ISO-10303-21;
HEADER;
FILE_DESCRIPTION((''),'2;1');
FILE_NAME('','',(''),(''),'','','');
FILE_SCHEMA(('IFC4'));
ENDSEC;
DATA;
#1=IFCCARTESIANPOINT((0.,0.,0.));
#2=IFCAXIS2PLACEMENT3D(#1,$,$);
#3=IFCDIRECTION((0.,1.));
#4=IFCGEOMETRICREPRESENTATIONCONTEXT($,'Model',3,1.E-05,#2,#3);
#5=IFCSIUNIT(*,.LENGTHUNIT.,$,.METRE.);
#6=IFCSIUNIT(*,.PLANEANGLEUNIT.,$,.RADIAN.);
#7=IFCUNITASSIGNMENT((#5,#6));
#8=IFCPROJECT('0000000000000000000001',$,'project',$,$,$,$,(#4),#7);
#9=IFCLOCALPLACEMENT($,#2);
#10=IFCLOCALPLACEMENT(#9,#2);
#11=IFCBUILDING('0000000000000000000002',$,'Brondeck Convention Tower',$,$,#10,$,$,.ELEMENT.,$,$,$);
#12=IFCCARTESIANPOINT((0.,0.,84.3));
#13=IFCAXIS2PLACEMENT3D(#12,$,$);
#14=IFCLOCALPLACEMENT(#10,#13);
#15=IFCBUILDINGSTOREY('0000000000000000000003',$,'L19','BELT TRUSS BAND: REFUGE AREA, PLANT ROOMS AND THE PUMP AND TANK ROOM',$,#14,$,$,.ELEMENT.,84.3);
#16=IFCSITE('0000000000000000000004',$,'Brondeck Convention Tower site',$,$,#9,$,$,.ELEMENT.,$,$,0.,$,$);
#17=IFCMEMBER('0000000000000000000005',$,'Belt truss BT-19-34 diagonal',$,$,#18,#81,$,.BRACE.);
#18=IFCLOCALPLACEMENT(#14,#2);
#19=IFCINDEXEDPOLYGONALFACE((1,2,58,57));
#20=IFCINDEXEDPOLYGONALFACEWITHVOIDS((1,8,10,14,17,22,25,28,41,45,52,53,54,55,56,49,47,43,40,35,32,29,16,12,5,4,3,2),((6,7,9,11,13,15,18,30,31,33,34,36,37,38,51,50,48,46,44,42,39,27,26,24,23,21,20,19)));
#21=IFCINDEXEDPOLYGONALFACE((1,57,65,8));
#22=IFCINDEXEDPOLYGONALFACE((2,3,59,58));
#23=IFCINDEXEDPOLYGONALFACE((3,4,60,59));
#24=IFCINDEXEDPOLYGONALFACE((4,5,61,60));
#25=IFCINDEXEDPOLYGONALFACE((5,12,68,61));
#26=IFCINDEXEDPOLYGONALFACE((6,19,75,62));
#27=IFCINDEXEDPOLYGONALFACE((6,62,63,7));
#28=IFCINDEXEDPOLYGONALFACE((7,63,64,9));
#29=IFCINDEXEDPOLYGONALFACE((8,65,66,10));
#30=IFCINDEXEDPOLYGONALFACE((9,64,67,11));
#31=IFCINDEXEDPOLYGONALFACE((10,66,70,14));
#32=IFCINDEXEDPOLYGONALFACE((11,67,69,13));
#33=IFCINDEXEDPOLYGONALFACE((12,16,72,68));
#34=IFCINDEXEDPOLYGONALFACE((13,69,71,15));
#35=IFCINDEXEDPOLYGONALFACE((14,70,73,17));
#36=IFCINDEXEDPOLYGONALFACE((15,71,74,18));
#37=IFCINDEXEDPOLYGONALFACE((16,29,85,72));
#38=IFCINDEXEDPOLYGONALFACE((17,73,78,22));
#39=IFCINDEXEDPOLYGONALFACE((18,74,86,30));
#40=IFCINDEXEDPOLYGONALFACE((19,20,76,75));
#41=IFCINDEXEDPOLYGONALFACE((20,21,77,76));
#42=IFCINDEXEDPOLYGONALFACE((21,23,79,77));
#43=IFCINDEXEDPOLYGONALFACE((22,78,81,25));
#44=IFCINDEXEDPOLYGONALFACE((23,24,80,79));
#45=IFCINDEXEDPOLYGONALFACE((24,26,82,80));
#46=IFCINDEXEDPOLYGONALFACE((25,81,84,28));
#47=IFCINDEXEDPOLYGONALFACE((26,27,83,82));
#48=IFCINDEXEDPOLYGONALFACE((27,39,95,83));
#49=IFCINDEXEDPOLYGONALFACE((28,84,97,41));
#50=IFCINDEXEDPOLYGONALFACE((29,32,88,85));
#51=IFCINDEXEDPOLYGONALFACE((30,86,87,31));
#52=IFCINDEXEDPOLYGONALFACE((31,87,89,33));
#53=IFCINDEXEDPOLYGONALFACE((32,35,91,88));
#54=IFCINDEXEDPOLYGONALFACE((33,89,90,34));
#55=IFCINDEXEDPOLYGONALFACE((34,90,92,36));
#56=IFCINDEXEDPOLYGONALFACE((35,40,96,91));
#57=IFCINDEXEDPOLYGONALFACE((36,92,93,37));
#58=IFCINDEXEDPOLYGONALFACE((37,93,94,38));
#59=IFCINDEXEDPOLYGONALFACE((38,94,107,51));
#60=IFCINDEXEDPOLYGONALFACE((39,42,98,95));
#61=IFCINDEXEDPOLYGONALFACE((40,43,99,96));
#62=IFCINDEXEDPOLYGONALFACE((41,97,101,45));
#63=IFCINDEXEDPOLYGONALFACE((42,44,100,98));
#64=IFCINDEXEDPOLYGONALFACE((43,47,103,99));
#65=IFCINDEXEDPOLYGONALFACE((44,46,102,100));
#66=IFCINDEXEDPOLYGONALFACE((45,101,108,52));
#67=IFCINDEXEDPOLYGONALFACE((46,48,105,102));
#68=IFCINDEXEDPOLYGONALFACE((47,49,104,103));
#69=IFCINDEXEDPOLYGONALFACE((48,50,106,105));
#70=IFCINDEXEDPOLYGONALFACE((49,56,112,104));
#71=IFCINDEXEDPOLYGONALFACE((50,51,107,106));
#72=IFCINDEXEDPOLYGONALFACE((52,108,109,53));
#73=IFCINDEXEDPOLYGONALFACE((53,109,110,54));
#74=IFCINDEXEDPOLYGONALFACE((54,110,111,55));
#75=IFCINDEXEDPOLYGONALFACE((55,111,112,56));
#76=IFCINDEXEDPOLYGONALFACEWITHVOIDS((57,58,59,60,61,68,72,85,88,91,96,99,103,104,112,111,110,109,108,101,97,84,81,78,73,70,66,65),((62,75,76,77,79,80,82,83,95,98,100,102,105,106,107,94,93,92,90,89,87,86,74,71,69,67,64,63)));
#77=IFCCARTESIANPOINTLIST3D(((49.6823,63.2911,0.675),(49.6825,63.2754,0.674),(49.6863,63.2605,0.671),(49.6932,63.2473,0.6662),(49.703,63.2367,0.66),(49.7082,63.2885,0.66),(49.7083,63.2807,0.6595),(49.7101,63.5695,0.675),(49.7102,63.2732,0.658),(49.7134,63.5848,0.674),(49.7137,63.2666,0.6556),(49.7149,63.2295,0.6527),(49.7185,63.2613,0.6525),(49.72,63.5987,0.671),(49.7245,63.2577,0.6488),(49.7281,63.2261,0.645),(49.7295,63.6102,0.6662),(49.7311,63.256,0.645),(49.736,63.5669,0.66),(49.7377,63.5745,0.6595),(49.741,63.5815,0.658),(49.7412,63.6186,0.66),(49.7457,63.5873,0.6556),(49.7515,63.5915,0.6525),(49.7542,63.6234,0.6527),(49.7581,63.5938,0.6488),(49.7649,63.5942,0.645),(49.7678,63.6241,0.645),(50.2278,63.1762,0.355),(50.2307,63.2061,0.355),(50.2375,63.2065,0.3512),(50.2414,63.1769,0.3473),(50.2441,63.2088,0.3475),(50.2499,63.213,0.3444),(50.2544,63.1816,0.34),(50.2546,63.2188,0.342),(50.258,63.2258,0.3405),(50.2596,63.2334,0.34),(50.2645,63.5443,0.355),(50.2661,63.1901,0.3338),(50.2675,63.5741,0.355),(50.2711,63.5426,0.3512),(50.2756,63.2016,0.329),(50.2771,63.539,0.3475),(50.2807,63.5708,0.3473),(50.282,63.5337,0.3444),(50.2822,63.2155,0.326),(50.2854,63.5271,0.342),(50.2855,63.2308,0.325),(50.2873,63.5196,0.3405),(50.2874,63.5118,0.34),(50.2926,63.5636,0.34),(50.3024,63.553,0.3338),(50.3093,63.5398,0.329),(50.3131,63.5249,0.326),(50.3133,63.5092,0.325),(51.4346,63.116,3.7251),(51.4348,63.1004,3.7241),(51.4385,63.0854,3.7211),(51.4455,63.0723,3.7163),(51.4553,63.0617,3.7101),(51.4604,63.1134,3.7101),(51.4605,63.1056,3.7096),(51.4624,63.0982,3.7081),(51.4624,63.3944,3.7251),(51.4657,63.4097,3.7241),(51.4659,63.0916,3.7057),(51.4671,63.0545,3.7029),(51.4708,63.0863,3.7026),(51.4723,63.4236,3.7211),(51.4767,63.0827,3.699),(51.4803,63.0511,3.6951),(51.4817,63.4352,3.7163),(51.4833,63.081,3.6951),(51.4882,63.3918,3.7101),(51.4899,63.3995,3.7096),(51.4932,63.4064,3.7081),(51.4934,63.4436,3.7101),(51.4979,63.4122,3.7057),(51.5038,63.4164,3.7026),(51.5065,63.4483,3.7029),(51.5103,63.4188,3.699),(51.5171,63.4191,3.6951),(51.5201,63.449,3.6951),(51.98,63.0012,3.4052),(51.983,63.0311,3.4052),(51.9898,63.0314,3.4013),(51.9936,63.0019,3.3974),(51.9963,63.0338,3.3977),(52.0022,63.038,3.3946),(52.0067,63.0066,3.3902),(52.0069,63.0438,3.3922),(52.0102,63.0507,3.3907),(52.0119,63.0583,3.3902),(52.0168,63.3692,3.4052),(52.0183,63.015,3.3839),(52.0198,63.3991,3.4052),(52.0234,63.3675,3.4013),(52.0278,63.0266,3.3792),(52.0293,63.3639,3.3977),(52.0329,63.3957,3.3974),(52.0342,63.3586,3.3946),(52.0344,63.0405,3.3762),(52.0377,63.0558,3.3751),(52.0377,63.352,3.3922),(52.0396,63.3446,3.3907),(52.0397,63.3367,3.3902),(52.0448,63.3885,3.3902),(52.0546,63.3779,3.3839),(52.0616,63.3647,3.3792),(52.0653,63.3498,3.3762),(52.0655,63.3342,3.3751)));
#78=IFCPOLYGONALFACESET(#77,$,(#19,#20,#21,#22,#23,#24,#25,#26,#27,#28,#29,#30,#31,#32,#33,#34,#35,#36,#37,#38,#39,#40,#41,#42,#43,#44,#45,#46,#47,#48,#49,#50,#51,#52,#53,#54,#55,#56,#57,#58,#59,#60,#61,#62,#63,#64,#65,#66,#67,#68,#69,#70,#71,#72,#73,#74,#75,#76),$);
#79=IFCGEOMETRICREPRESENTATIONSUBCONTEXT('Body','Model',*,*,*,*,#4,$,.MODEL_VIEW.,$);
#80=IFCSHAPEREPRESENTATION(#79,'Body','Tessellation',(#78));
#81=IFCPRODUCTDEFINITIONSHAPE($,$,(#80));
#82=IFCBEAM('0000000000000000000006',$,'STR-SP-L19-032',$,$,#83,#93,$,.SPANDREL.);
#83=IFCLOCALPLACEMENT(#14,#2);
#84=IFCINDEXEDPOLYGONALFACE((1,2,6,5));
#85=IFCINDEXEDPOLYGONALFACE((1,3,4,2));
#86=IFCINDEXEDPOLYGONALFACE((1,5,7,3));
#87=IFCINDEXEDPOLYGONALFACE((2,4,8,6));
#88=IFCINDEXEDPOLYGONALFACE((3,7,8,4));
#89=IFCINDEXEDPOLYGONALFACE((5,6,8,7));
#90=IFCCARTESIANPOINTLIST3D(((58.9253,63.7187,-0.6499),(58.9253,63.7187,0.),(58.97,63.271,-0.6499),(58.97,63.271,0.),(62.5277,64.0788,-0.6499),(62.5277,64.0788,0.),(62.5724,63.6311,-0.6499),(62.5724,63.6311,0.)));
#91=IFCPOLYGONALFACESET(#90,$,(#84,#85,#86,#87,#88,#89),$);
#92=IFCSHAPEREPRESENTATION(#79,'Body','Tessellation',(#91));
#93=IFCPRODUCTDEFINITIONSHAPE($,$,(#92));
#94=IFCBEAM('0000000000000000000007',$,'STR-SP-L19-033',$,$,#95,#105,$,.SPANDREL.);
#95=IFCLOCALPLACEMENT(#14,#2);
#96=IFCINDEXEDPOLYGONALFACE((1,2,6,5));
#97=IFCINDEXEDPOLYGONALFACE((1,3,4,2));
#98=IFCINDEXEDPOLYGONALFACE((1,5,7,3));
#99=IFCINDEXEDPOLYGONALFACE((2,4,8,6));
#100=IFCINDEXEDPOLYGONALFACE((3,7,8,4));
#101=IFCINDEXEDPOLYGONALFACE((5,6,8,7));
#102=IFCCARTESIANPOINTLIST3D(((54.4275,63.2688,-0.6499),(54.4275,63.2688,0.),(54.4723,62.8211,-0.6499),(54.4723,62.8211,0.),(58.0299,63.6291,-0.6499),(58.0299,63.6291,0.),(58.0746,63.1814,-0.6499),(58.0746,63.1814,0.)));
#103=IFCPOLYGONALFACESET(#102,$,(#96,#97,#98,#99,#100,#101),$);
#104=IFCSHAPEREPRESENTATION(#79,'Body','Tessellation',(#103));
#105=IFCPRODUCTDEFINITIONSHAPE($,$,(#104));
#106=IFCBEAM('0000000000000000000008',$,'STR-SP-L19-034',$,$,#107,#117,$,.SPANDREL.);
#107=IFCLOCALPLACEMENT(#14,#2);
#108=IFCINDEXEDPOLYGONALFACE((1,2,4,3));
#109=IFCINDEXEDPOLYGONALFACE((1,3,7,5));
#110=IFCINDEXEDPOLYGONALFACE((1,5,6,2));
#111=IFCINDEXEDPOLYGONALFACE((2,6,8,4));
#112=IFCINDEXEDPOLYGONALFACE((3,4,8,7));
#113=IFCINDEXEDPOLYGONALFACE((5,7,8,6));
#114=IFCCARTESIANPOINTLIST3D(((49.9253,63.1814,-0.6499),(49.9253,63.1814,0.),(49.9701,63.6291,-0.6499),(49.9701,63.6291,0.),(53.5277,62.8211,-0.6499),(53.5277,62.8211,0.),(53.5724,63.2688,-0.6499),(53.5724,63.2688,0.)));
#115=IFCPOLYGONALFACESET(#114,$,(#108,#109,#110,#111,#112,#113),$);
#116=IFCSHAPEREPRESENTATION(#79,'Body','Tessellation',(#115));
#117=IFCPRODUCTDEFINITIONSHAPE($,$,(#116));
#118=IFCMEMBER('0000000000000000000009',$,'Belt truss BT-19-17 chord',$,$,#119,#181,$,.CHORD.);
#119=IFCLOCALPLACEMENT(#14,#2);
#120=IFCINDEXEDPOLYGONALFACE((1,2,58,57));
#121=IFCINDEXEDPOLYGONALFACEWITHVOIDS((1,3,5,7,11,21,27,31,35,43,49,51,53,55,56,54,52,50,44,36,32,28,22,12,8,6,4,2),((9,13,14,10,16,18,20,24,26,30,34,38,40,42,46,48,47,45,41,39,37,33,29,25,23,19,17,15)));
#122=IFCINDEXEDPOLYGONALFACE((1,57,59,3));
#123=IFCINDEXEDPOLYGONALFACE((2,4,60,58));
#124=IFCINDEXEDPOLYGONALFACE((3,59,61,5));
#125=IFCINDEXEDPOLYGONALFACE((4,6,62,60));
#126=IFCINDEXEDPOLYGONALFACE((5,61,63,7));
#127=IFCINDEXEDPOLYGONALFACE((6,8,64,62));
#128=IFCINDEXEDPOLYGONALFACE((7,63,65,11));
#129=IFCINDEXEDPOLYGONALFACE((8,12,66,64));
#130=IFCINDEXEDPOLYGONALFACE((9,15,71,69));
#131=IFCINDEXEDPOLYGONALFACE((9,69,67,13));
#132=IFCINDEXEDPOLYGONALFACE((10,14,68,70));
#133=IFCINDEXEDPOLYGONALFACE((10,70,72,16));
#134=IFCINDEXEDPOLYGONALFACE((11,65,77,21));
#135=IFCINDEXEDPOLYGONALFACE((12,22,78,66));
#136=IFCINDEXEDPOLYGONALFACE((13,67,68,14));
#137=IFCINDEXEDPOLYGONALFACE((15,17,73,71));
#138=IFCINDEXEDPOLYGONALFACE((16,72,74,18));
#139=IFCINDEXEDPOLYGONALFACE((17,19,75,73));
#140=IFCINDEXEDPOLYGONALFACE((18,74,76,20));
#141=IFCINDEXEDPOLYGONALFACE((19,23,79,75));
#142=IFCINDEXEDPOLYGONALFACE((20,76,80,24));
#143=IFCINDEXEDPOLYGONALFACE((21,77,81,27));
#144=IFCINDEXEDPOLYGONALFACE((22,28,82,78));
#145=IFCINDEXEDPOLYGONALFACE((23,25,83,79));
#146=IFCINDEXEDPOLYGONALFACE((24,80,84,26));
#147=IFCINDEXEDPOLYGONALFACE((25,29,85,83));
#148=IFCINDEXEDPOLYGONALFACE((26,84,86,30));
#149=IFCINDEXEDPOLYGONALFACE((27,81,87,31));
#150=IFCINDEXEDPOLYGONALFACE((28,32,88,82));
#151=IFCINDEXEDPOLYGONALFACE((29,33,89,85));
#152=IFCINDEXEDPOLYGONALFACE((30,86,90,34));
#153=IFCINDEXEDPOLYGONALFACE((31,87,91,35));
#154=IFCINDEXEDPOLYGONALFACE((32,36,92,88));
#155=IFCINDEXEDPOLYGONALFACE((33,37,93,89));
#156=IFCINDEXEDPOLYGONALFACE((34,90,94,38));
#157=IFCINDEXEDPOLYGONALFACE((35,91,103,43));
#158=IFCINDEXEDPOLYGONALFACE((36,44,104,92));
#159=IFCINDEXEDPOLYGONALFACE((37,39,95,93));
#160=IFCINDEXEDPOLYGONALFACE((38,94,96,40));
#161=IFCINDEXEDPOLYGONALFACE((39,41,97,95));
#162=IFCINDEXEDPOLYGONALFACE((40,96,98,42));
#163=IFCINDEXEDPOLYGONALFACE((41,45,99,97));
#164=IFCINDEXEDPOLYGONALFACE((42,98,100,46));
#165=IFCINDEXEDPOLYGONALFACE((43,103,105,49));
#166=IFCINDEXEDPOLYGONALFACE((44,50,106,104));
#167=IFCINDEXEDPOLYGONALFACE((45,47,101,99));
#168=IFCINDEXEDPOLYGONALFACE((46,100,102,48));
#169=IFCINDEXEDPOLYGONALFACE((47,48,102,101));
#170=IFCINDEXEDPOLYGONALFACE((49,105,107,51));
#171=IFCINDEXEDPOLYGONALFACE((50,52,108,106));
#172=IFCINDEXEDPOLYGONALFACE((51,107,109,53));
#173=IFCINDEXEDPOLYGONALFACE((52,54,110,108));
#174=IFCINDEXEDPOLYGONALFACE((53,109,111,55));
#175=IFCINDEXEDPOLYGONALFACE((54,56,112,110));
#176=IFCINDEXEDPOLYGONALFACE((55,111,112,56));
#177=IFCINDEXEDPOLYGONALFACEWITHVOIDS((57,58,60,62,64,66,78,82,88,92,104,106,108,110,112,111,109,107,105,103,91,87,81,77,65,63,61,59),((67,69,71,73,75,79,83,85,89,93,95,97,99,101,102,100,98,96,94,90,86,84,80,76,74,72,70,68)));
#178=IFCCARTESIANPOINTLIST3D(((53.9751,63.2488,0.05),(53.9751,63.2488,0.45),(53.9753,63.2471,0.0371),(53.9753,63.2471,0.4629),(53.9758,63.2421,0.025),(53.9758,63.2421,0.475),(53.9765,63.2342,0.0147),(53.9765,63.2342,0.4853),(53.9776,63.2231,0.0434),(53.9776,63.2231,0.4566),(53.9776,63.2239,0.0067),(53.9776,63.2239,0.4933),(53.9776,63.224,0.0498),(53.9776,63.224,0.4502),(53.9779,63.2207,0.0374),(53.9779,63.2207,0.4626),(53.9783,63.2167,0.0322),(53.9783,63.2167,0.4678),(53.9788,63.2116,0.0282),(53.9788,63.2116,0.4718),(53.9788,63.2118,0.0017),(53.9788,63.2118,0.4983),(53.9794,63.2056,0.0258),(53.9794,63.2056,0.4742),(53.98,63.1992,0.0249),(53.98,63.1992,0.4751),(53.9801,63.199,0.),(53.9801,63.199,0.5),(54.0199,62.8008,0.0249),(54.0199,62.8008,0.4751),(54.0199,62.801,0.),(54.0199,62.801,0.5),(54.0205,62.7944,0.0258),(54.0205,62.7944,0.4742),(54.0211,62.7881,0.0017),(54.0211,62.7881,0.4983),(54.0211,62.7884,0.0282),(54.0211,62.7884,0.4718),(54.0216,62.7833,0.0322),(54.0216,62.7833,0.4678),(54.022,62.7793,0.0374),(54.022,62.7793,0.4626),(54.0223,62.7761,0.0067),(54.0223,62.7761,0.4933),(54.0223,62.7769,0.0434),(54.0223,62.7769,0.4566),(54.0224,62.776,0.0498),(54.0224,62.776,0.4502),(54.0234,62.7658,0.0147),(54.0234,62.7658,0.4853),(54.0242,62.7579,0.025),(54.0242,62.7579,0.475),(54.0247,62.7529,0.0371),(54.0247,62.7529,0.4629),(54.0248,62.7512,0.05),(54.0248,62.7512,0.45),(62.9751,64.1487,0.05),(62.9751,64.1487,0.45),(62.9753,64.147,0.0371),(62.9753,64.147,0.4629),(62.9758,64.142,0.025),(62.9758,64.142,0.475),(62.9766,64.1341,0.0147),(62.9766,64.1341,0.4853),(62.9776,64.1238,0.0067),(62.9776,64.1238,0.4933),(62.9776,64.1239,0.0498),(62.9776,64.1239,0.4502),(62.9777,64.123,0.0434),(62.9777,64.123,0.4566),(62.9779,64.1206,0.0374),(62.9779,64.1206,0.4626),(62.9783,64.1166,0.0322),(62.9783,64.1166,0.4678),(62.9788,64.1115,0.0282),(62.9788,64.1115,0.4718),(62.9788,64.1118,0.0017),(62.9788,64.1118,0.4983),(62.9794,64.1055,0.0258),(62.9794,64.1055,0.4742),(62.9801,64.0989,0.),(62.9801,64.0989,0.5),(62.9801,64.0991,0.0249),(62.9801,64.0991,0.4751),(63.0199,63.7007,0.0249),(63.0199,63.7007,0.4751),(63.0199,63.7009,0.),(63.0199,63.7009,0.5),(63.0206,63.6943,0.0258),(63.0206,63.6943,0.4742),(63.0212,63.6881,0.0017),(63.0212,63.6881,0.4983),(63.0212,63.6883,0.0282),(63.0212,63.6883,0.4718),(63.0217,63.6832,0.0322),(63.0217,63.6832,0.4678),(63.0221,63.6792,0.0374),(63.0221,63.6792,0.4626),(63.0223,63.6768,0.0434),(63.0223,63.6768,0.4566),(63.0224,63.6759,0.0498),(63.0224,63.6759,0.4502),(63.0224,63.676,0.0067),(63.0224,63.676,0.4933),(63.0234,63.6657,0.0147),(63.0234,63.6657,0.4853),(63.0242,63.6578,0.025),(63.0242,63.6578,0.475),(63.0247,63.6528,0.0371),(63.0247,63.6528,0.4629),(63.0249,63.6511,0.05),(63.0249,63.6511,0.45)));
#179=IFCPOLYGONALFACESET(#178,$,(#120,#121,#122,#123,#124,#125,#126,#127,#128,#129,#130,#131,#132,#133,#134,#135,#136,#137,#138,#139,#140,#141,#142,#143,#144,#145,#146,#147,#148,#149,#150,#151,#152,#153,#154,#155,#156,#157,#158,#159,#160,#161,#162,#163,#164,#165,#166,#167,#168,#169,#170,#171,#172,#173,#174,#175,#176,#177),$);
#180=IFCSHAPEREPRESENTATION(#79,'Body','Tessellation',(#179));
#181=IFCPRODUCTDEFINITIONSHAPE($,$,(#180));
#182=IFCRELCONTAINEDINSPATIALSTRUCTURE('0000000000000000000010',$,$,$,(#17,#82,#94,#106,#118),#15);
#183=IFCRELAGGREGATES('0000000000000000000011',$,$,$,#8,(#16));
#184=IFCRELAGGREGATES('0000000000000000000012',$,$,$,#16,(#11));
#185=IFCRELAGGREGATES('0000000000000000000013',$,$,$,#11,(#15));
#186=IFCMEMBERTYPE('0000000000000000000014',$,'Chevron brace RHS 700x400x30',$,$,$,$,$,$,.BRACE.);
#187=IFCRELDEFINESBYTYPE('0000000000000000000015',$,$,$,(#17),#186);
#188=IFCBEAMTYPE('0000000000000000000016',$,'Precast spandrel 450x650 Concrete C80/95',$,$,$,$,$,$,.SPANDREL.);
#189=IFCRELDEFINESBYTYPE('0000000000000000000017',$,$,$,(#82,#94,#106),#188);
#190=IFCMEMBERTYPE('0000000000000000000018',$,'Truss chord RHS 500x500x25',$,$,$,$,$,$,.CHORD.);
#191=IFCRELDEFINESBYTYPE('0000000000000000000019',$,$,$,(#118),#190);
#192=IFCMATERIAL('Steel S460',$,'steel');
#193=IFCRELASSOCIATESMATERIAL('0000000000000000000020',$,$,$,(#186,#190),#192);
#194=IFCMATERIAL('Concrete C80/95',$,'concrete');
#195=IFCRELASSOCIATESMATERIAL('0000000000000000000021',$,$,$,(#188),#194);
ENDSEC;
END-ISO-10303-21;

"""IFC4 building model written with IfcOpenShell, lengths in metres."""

from ifc_helpers import new_model, si_unit, direction, frame, origin, origin_2d, place, context, subcontext, project, spatial, rectangle, hollow_rectangle, extrude, material, material_profile, profile_set, type_object, element, save


model = new_model("IFC4")

# Units and contexts
model_context = context("Model", 3, precision=1e-05, world=origin(), true_north=direction((0.0, 1.0)))
body_context = subcontext(model_context, "Body", "Model", "MODEL_VIEW")
ifc_project = project(units=[si_unit("LENGTHUNIT", "METRE"), si_unit("PLANEANGLEUNIT", "RADIAN")], contexts=[model_context])

# Site, building, storey
site_placement = place(None, origin())
site = spatial("IfcSite", under=ifc_project, at=site_placement, Name="Brondeck Convention Tower site", CompositionType="ELEMENT", RefElevation=0.0)
building_placement = place(site_placement, origin())
building = spatial("IfcBuilding", under=site, at=building_placement, Name="Brondeck Convention Tower", CompositionType="ELEMENT")
storey_placement = place(building_placement, frame((0.0, 0.0, 84.3)))
storey = spatial("IfcBuildingStorey", under=building, at=storey_placement, Name="L19", Description="BELT TRUSS BAND: REFUGE AREA, PLANT ROOMS AND THE PUMP AND TANK ROOM", CompositionType="ELEMENT", Elevation=84.3)

# Shared definitions
ifc_material_1 = material(Name="Concrete C80/95", Category="concrete")

# Member
ifc_material_2 = material(Name="Steel S460", Category="steel")
ifc_material_profile_1 = material_profile(ifc_material_2, hollow_rectangle(XDim=0.3999, YDim=0.7, WallThickness=0.03, InnerFilletRadius=0.03, OuterFilletRadius=0.0601, at=origin_2d()), Name="RHS 700x400x30")
ifc_profile_set_1 = profile_set([ifc_material_profile_1], Name="Steel S460")
member_type_1 = type_object("IfcMemberType", Name="Chevron brace RHS 700x400x30", PredefinedType="BRACE", material=ifc_profile_set_1)
for number, where, z_axis, x_axis, name in (
    (1, (49.9978, 63.4001, 0.5), (0.497518, -0.049703, 0.866029), (0.099408, 0.995047, 0.0), "Belt truss BT-19-34 diagonal"),
):
    element("IfcMember", number, at=place(storey_placement, frame(where, z_axis=z_axis, x_axis=x_axis)), inside=storey, type_object=member_type_1, Name=name, PredefinedType="BRACE", context=body_context, shape_type="SweptSolid", body=[
        extrude(hollow_rectangle(XDim=0.3999, YDim=0.7, WallThickness=0.03, InnerFilletRadius=0.03, OuterFilletRadius=0.0601, at=origin_2d()), origin(), (0.0, 0.0, 1.0), 3.522),
    ])

# Beams
ifc_material_profile_2 = material_profile(ifc_material_1, rectangle(XDim=0.45, YDim=0.6499, at=origin_2d()), Name="Precast spandrel 450x650 Concrete C80/95")
ifc_profile_set_2 = profile_set([ifc_material_profile_2], Name="Concrete C80/95")
beam_type = type_object("IfcBeamType", Name="Precast spandrel 450x650 Concrete C80/95", PredefinedType="SPANDREL", material=ifc_profile_set_2)
for number, where, z_axis, x_axis, name in (
    (2, (62.55, 63.855, -0.325), (-0.995041, -0.09947, 0.0), (0.09947, -0.995041, 0.0), "STR-SP-L19-032"),
    (3, (58.0522, 63.4053, -0.325), (-0.995034, -0.099537, 0.0), (0.099537, -0.995034, 0.0), "STR-SP-L19-033"),
    (4, (53.55, 63.0449, -0.325), (-0.995034, 0.099537, 0.0), (-0.099537, -0.995034, 0.0), "STR-SP-L19-034"),
):
    element("IfcBeam", number, at=place(storey_placement, frame(where, z_axis=z_axis, x_axis=x_axis)), inside=storey, type_object=beam_type, Name=name, PredefinedType="SPANDREL", context=body_context, shape_type="SweptSolid", body=[
        extrude(rectangle(XDim=0.45, YDim=0.6499, at=origin_2d()), origin(), (0.0, 0.0, 1.0), 3.6204),
    ])

# Member
ifc_material_profile_3 = material_profile(ifc_material_2, hollow_rectangle(XDim=0.5, YDim=0.5, WallThickness=0.0249, InnerFilletRadius=0.0249, OuterFilletRadius=0.05, at=origin_2d()), Name="RHS 500x500x25")
ifc_profile_set_3 = profile_set([ifc_material_profile_3], Name="Steel S460")
member_type_2 = type_object("IfcMemberType", Name="Truss chord RHS 500x500x25", PredefinedType="CHORD", material=ifc_profile_set_3)
for number, where, z_axis, x_axis, name in (
    (5, (63.0, 63.8999, 0.25), (-0.995038, -0.099493, 0.0), (0.099493, -0.995038, 0.0), "Belt truss BT-19-17 chord"),
):
    element("IfcMember", number, at=place(storey_placement, frame(where, z_axis=z_axis, x_axis=x_axis)), inside=storey, type_object=member_type_2, Name=name, PredefinedType="CHORD", context=body_context, shape_type="SweptSolid", body=[
        extrude(hollow_rectangle(XDim=0.5, YDim=0.5, WallThickness=0.0249, InnerFilletRadius=0.0249, OuterFilletRadius=0.05, at=origin_2d()), origin(), (0.0, 0.0, 1.0), 9.0449),
    ])

save(model, "model.ifc")
